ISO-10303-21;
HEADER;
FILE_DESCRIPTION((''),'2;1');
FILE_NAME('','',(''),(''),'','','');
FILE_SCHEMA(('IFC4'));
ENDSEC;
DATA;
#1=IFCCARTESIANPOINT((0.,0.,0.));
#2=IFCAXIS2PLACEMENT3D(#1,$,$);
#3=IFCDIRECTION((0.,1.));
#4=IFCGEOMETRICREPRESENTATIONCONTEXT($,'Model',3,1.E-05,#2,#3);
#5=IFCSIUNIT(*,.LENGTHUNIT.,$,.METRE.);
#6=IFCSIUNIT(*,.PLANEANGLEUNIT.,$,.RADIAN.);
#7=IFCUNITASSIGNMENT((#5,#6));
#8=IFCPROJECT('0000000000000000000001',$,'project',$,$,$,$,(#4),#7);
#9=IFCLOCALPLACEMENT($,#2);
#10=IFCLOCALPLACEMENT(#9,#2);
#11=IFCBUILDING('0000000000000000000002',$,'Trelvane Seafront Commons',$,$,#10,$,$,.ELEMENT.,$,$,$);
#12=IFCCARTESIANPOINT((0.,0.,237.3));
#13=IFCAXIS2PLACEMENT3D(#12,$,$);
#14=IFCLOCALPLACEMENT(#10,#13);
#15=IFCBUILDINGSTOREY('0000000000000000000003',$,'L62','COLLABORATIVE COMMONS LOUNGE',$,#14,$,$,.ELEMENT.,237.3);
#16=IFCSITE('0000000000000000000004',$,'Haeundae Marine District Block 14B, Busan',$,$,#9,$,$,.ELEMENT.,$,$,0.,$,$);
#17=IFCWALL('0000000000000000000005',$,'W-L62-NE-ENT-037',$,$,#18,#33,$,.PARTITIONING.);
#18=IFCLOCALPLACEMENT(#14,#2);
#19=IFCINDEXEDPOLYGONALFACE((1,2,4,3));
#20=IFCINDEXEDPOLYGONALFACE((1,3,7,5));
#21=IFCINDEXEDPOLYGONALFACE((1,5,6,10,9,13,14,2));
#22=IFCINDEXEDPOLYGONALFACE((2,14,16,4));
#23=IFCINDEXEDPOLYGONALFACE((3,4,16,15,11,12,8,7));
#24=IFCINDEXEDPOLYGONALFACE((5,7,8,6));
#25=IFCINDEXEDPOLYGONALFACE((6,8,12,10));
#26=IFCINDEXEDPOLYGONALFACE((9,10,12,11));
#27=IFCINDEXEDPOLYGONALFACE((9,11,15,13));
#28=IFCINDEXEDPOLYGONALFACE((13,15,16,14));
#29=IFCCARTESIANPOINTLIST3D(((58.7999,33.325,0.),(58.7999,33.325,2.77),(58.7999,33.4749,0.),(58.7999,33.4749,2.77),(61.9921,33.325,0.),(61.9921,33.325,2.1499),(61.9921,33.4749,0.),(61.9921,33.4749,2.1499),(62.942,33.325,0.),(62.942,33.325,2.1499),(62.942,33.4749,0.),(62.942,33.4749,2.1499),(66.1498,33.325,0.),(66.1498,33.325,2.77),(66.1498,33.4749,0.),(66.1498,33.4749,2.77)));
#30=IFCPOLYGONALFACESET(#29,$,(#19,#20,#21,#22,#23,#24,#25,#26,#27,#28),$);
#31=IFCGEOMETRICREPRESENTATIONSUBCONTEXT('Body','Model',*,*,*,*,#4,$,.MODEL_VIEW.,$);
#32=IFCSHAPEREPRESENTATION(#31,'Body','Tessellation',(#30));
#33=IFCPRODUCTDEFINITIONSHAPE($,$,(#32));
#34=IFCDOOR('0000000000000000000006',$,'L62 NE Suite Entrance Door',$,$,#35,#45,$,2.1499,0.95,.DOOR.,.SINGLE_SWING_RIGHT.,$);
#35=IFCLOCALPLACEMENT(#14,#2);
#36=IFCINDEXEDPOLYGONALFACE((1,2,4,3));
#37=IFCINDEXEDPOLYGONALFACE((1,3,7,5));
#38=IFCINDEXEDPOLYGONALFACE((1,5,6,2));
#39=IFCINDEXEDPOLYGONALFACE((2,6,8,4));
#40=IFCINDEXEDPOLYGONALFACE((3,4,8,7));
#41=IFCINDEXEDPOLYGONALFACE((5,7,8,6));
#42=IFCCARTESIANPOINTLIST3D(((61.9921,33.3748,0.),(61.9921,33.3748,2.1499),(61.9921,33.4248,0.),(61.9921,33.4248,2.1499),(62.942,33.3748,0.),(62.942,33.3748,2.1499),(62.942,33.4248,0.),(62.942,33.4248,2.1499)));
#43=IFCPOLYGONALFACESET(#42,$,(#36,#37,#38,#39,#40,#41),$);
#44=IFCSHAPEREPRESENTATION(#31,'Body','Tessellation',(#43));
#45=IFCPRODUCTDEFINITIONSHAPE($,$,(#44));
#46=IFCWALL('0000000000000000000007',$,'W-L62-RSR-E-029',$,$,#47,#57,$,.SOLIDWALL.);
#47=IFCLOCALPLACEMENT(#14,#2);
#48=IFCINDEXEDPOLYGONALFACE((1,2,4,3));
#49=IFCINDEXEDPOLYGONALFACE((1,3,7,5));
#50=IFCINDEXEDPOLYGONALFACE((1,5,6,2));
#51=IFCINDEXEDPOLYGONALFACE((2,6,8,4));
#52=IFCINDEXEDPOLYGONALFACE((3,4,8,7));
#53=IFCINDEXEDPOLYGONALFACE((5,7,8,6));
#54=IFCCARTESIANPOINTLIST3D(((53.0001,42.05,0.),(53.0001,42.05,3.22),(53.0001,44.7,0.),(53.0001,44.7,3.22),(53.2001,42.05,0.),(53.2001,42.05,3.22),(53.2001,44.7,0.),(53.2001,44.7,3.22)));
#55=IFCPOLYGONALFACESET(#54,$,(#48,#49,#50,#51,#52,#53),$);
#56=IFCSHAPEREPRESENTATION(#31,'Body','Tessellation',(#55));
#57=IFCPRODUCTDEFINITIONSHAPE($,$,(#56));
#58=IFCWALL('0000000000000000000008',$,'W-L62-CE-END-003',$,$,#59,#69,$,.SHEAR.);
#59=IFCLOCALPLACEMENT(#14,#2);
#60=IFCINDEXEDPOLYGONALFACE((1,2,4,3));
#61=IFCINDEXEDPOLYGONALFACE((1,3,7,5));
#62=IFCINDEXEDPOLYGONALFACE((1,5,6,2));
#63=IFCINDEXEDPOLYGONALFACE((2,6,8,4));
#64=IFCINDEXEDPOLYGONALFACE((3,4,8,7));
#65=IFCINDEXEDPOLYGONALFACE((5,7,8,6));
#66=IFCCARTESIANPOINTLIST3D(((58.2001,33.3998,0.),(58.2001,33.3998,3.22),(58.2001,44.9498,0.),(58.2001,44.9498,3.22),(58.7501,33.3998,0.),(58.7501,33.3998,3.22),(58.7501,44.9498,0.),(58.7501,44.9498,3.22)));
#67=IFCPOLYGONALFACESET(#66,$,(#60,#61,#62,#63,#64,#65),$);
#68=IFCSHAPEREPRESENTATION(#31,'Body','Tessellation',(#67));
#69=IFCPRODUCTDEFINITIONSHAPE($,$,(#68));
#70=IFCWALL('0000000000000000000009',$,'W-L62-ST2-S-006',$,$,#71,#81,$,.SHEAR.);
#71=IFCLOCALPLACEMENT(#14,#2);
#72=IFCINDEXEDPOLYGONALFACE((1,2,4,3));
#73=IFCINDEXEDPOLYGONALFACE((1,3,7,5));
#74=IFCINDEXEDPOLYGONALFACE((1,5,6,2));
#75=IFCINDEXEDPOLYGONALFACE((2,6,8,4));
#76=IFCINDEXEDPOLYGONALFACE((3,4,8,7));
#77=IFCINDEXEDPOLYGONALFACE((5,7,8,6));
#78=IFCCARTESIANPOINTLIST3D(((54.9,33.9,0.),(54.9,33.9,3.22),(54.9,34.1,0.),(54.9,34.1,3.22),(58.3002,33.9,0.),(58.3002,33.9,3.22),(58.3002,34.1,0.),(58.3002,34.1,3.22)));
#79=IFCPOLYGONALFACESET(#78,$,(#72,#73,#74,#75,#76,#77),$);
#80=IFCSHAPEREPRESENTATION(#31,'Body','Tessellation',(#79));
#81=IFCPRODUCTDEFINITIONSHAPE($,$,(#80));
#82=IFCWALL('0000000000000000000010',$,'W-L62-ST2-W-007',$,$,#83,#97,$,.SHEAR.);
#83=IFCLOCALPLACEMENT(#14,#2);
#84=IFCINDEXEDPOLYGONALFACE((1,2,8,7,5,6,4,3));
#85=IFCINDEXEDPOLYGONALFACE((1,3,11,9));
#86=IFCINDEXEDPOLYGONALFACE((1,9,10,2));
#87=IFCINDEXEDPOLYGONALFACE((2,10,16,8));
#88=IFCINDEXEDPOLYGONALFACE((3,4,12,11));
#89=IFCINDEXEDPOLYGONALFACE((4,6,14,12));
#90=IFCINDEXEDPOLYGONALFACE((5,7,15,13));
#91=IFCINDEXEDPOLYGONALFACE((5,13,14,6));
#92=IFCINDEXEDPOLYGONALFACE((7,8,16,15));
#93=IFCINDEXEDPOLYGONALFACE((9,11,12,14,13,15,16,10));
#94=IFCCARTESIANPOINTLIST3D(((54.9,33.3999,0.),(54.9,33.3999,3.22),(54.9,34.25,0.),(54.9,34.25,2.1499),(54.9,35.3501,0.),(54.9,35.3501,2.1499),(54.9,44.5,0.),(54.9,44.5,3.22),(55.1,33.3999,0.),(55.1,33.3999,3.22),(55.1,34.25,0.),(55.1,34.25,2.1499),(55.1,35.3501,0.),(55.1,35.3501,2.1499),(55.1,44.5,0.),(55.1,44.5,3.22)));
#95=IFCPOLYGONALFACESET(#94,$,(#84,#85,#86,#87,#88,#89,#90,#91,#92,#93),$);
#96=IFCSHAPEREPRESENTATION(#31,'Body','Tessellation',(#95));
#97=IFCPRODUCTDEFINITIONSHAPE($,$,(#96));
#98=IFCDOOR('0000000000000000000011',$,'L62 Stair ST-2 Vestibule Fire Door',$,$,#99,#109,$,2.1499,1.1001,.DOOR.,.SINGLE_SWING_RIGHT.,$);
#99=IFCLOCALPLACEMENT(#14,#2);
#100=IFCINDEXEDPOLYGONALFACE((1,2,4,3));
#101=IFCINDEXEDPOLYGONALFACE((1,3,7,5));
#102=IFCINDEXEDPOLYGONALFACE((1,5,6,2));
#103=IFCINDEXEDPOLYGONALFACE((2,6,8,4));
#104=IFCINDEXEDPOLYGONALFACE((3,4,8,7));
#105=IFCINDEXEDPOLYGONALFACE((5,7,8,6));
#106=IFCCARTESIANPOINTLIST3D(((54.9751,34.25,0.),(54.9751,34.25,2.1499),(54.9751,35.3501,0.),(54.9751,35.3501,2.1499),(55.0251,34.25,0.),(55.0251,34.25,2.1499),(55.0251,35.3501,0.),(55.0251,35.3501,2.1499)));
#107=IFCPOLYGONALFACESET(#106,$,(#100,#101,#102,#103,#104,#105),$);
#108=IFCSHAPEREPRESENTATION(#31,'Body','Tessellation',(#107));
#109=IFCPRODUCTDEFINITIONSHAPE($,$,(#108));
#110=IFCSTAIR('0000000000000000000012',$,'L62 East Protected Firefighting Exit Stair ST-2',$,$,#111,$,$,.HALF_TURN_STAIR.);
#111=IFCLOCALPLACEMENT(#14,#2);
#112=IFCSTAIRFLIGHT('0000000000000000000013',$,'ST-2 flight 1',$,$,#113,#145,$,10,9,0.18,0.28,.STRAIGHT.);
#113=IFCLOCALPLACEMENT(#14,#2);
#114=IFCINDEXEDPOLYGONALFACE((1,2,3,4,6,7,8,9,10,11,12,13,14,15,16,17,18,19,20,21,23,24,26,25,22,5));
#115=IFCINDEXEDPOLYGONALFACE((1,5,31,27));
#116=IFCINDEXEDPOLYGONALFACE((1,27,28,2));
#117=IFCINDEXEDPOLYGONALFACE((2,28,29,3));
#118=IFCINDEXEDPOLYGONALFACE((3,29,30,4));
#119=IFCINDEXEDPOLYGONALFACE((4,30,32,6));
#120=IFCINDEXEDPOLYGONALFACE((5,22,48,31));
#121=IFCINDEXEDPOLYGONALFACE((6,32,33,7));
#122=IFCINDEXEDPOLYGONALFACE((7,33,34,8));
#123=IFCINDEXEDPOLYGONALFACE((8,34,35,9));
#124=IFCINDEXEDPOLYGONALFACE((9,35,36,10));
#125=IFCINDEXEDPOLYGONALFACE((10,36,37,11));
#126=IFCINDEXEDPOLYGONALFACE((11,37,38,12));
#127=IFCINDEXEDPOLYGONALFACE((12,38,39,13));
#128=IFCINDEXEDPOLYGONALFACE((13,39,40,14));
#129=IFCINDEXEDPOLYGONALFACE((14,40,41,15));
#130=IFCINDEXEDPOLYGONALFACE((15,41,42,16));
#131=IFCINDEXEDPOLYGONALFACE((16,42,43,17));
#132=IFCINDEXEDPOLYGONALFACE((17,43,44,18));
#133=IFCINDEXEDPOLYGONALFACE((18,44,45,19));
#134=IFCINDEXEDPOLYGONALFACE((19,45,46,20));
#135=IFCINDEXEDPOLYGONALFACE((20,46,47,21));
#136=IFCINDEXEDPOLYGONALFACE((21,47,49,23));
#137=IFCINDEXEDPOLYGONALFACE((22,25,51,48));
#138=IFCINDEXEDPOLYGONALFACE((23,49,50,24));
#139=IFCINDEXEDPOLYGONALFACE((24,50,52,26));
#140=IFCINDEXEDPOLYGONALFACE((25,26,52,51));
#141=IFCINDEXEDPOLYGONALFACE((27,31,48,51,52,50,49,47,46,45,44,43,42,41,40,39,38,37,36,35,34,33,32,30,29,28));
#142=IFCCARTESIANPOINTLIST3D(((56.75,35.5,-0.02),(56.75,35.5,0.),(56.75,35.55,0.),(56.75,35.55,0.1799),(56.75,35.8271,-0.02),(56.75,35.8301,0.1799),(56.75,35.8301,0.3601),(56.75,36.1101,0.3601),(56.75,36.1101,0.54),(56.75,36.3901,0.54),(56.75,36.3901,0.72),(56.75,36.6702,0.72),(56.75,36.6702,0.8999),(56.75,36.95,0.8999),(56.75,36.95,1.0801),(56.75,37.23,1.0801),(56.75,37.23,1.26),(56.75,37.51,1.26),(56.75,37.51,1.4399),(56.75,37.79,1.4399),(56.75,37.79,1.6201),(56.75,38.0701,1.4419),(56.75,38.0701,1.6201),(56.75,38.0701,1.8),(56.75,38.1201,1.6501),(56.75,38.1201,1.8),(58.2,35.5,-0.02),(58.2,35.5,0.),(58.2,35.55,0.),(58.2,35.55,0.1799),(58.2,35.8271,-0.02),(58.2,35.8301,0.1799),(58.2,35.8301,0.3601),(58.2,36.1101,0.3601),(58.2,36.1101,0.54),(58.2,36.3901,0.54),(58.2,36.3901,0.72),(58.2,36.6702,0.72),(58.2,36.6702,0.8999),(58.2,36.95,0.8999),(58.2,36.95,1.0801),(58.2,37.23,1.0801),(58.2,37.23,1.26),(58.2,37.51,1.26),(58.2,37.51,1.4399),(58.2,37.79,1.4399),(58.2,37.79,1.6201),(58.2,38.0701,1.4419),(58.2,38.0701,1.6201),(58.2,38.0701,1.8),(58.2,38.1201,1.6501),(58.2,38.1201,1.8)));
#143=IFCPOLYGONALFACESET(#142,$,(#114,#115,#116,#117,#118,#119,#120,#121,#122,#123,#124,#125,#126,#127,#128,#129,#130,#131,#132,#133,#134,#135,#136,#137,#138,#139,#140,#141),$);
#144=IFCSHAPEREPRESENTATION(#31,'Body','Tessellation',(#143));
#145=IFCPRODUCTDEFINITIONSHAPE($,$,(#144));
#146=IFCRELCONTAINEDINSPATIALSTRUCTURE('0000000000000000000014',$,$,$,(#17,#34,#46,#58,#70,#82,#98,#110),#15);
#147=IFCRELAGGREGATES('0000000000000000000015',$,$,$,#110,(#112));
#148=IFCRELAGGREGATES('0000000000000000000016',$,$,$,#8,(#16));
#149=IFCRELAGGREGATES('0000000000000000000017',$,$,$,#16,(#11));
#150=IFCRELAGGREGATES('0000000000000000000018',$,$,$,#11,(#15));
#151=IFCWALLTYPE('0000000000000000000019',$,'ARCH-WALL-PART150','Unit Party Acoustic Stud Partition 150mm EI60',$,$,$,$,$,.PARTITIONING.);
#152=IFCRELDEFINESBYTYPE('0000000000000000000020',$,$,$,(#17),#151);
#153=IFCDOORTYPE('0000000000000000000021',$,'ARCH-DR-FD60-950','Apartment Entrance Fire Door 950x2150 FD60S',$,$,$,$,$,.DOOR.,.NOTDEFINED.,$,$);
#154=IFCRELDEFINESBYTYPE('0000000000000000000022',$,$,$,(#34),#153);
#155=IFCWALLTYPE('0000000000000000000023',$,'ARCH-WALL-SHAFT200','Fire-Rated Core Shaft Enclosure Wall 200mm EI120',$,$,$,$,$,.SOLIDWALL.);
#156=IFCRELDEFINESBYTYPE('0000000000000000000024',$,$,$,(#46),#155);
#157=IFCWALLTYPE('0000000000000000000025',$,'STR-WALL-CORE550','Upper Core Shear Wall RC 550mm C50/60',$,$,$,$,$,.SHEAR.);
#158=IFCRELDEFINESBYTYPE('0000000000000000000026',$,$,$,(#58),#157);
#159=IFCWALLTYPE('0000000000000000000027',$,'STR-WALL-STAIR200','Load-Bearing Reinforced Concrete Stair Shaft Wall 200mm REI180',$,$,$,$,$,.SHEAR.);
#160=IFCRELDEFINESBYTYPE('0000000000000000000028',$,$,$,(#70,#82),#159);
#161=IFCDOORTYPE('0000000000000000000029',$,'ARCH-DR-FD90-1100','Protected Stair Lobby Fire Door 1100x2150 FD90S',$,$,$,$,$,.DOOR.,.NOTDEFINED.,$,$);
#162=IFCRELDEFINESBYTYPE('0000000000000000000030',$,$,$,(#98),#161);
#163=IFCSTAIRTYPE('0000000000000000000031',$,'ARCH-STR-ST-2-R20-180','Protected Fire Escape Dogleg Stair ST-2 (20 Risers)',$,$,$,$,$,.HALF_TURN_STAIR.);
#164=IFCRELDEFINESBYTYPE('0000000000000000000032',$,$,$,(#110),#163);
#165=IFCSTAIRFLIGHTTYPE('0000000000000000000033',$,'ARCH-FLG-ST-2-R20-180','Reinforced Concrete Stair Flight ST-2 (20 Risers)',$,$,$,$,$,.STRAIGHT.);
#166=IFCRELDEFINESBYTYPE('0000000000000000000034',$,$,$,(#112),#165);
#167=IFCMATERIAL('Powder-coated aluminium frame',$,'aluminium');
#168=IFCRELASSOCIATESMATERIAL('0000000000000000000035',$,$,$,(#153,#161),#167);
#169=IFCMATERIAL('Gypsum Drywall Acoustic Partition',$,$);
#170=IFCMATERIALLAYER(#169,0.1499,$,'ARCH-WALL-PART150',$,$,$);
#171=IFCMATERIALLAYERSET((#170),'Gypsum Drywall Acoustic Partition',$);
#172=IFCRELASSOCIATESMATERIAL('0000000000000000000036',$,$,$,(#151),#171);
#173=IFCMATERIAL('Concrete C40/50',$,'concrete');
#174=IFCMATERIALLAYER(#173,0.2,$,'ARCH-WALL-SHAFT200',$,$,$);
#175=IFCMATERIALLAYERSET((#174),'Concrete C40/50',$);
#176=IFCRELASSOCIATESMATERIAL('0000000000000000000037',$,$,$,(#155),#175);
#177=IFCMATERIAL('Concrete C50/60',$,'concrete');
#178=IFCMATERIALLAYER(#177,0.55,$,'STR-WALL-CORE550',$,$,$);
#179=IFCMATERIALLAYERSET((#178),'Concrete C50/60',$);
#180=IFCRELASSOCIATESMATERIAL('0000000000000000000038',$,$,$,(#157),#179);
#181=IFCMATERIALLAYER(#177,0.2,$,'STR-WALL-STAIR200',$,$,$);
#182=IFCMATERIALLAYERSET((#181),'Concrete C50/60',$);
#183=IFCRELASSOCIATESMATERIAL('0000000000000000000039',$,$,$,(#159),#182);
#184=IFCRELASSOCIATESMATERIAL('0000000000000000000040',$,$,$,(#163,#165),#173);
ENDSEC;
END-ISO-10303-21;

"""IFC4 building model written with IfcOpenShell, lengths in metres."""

from ifc_helpers import new_model, si_unit, direction, frame, frame_2d, origin, place, context, subcontext, project, spatial, polyline, rectangle, outline, extrude, source, transform, mapped, material, layer, layer_set, type_object, element, fill, aggregate, save


model = new_model("IFC4")

# Units and contexts
model_context = context("Model", 3, precision=1e-05, world=origin(), true_north=direction((0.0, 1.0)))
body_context = subcontext(model_context, "Body", "Model", "MODEL_VIEW")
ifc_project = project(units=[si_unit("LENGTHUNIT", "METRE"), si_unit("PLANEANGLEUNIT", "RADIAN")], contexts=[model_context])

# Site, building, storey
site_placement = place(None, origin())
site = spatial("IfcSite", under=ifc_project, at=site_placement, Name="Haeundae Marine District Block 14B, Busan", CompositionType="ELEMENT", RefElevation=0.0)
building_placement = place(site_placement, origin())
building = spatial("IfcBuilding", under=site, at=building_placement, Name="Trelvane Seafront Commons", CompositionType="ELEMENT")
storey_placement = place(building_placement, frame((0.0, 0.0, 237.3)))
storey = spatial("IfcBuildingStorey", under=building, at=storey_placement, Name="L62", Description="COLLABORATIVE COMMONS LOUNGE", CompositionType="ELEMENT", Elevation=237.3)

# Shared definitions
ifc_material_1 = material(Name="Concrete C50/60", Category="concrete")

# Shared definitions
ifc_material_2 = material(Name="Concrete C40/50", Category="concrete")
ifc_material_3 = material(Name="Powder-coated aluminium frame", Category="aluminium")
door_type_1 = type_object("IfcDoorType", Name="ARCH-DR-FD60-950", Description="Apartment Entrance Fire Door 950x2150 FD60S", OperationType="NOTDEFINED", PredefinedType="DOOR", material=ifc_material_3)
shared_shape_1 = source(origin(), body_context, "Body", "SweptSolid", [
    extrude(rectangle(XDim=0.95, YDim=2.1499, at=frame_2d((0.4751, 1.075))), frame((0.0, 0.0249, 0.0), z_axis=(0.0, -1.0, 0.0), x_axis=(1.0, 0.0, 0.0)), (0.0, 0.0, 1.0), 0.05),
])

# Wall, opening, door
ifc_material_4 = material(Name="Gypsum Drywall Acoustic Partition")
ifc_layer_1 = layer(ifc_material_4, 0.1499, Name="ARCH-WALL-PART150")
ifc_layer_set_1 = layer_set([ifc_layer_1], Name="Gypsum Drywall Acoustic Partition")
wall_type_1 = type_object("IfcWallType", Name="ARCH-WALL-PART150", Description="Unit Party Acoustic Stud Partition 150mm EI60", PredefinedType="PARTITIONING", material=ifc_layer_set_1)
wall_1_placement = place(storey_placement, frame((58.8, 33.3999, 0.0), z_axis=(0.0, 0.0, 1.0), x_axis=(1.0, 0.0, 0.0)))
wall_1 = element("IfcWall", 1, at=wall_1_placement, inside=storey, type_object=wall_type_1, Name="W-L62-NE-ENT-037", PredefinedType="PARTITIONING", context=body_context, shape_type="SweptSolid", body=[
    extrude(rectangle(XDim=7.3499, YDim=0.1499, at=frame_2d((3.6748, 0.0))), origin(), (0.0, 0.0, 1.0), 2.77),
])
opening_1_placement = place(wall_1_placement, frame((3.1919, 0.0, 0.0)))
opening_1 = element("IfcOpeningElement", 2, at=opening_1_placement, cuts=wall_1, PredefinedType="OPENING", context=body_context, shape_type="SweptSolid", body=[
    extrude(rectangle(XDim=0.95, YDim=2.1499, at=frame_2d((0.4751, 1.075))), frame((0.0, 0.085, 0.0), z_axis=(0.0, -1.0, 0.0), x_axis=(1.0, 0.0, 0.0)), (0.0, 0.0, 1.0), 0.1699),
])
door_1_placement = place(opening_1_placement, origin())
door_1 = element("IfcDoor", 3, at=door_1_placement, inside=storey, type_object=door_type_1, Name="L62 NE Suite Entrance Door", OperationType="SINGLE_SWING_RIGHT", OverallHeight=2.1499, OverallWidth=0.95, PredefinedType="DOOR", context=body_context, shape_type="MappedRepresentation", body=[
    mapped(shared_shape_1, transform((0.0, 0.0, 0.0), x_axis=(1.0, 0.0, 0.0), y_axis=(0.0, 1.0, 0.0), z_axis=(0.0, 0.0, 1.0), scale=1.0)),
])
fill(opening_1, door_1)

# Walls
ifc_layer_2 = layer(ifc_material_2, 0.2, Name="ARCH-WALL-SHAFT200")
ifc_layer_set_2 = layer_set([ifc_layer_2], Name="Concrete C40/50")
wall_type_2 = type_object("IfcWallType", Name="ARCH-WALL-SHAFT200", Description="Fire-Rated Core Shaft Enclosure Wall 200mm EI120", PredefinedType="SOLIDWALL", material=ifc_layer_set_2)
wall_2_placement = place(storey_placement, frame((53.1001, 42.05, 0.0), z_axis=(0.0, 0.0, 1.0), x_axis=(0.0, 1.0, 0.0)))
element("IfcWall", 4, at=wall_2_placement, inside=storey, type_object=wall_type_2, Name="W-L62-RSR-E-029", PredefinedType="SOLIDWALL", context=body_context, shape_type="SweptSolid", body=[
    extrude(rectangle(XDim=2.6499, YDim=0.2, at=frame_2d((1.325, 0.0))), origin(), (0.0, 0.0, 1.0), 3.22),
])
ifc_layer_3 = layer(ifc_material_1, 0.55, Name="STR-WALL-CORE550")
ifc_layer_set_3 = layer_set([ifc_layer_3], Name="Concrete C50/60")
wall_type_3 = type_object("IfcWallType", Name="STR-WALL-CORE550", Description="Upper Core Shear Wall RC 550mm C50/60", PredefinedType="SHEAR", material=ifc_layer_set_3)
wall_3_placement = place(storey_placement, frame((58.4751, 33.3999, 0.0), z_axis=(0.0, 0.0, 1.0), x_axis=(0.0, 1.0, 0.0)))
element("IfcWall", 5, at=wall_3_placement, inside=storey, type_object=wall_type_3, Name="W-L62-CE-END-003", PredefinedType="SHEAR", context=body_context, shape_type="SweptSolid", body=[
    extrude(rectangle(XDim=11.55, YDim=0.55, at=frame_2d((5.7749, 0.0))), origin(), (0.0, 0.0, 1.0), 3.22),
])
ifc_layer_4 = layer(ifc_material_1, 0.2, Name="STR-WALL-STAIR200")
ifc_layer_set_4 = layer_set([ifc_layer_4], Name="Concrete C50/60")
wall_type_4 = type_object("IfcWallType", Name="STR-WALL-STAIR200", Description="Load-Bearing Reinforced Concrete Stair Shaft Wall 200mm REI180", PredefinedType="SHEAR", material=ifc_layer_set_4)
wall_4_placement = place(storey_placement, frame((54.8999, 34.0, 0.0), z_axis=(0.0, 0.0, 1.0), x_axis=(1.0, 0.0, 0.0)))
element("IfcWall", 6, at=wall_4_placement, inside=storey, type_object=wall_type_4, Name="W-L62-ST2-S-006", PredefinedType="SHEAR", context=body_context, shape_type="SweptSolid", body=[
    extrude(rectangle(XDim=3.4001, YDim=0.2, at=frame_2d((1.7002, 0.0))), origin(), (0.0, 0.0, 1.0), 3.22),
])

# Wall, opening, door
wall_5_placement = place(storey_placement, frame((55.0, 33.3999, 0.0), z_axis=(0.0, 0.0, 1.0), x_axis=(0.0, 1.0, 0.0)))
wall_5 = element("IfcWall", 7, at=wall_5_placement, inside=storey, type_object=wall_type_4, Name="W-L62-ST2-W-007", PredefinedType="SHEAR", context=body_context, shape_type="SweptSolid", body=[
    extrude(rectangle(XDim=11.1001, YDim=0.2, at=frame_2d((5.55, 0.0))), origin(), (0.0, 0.0, 1.0), 3.22),
])
opening_2_placement = place(wall_5_placement, frame((0.8501, 0.0, 0.0)))
opening_2 = element("IfcOpeningElement", 8, at=opening_2_placement, cuts=wall_5, PredefinedType="OPENING", context=body_context, shape_type="SweptSolid", body=[
    extrude(rectangle(XDim=1.1001, YDim=2.1499, at=frame_2d((0.55, 1.075))), frame((0.0, 0.1099, 0.0), z_axis=(0.0, -1.0, 0.0), x_axis=(1.0, 0.0, 0.0)), (0.0, 0.0, 1.0), 0.22),
])
door_type_2 = type_object("IfcDoorType", Name="ARCH-DR-FD90-1100", Description="Protected Stair Lobby Fire Door 1100x2150 FD90S", OperationType="NOTDEFINED", PredefinedType="DOOR", material=ifc_material_3)
shared_shape_2 = source(origin(), body_context, "Body", "SweptSolid", [
    extrude(rectangle(XDim=1.1001, YDim=2.1499, at=frame_2d((0.55, 1.075))), frame((0.0, 0.0249, 0.0), z_axis=(0.0, -1.0, 0.0), x_axis=(1.0, 0.0, 0.0)), (0.0, 0.0, 1.0), 0.05),
])
door_2_placement = place(opening_2_placement, origin())
door_2 = element("IfcDoor", 9, at=door_2_placement, inside=storey, type_object=door_type_2, Name="L62 Stair ST-2 Vestibule Fire Door", OperationType="SINGLE_SWING_RIGHT", OverallHeight=2.1499, OverallWidth=1.1001, PredefinedType="DOOR", context=body_context, shape_type="MappedRepresentation", body=[
    mapped(shared_shape_2, transform((0.0, 0.0, 0.0), x_axis=(1.0, 0.0, 0.0), y_axis=(0.0, 1.0, 0.0), z_axis=(0.0, 0.0, 1.0), scale=1.0)),
])
fill(opening_2, door_2)

# Stair, stair flight
stair_type = type_object("IfcStairType", Name="ARCH-STR-ST-2-R20-180", Description="Protected Fire Escape Dogleg Stair ST-2 (20 Risers)", PredefinedType="HALF_TURN_STAIR", material=ifc_material_2)
stair_placement = place(storey_placement, origin())
stair = element("IfcStair", 10, at=stair_placement, inside=storey, type_object=stair_type, Name="L62 East Protected Firefighting Exit Stair ST-2", PredefinedType="HALF_TURN_STAIR")
stair_flight_type = type_object("IfcStairFlightType", Name="ARCH-FLG-ST-2-R20-180", Description="Reinforced Concrete Stair Flight ST-2 (20 Risers)", PredefinedType="STRAIGHT", material=ifc_material_2)
shared_shape_3 = source(origin(), body_context, "Body", "SweptSolid", [
    extrude(outline(polyline([(-0.05, -0.02), (-0.05, 0.0), (0.0, 0.0), (0.0, 0.1799), (0.28, 0.1799), (0.28, 0.3601), (0.5601, 0.3601), (0.5601, 0.54), (0.8401, 0.54), (0.8401, 0.72), (1.1201, 0.72), (1.1201, 0.8999), (1.3999, 0.8999), (1.3999, 1.0801), (1.6799, 1.0801), (1.6799, 1.26), (1.96, 1.26), (1.96, 1.4399), (2.24, 1.4399), (2.24, 1.6201), (2.52, 1.6201), (2.52, 1.8), (2.5701, 1.8), (2.5701, 1.6501), (2.52, 1.4419), (0.2771, -0.02), (-0.05, -0.02)])), frame((0.0, 0.7251, 0.0), z_axis=(0.0, -1.0, 0.0), x_axis=(1.0, 0.0, 0.0)), (0.0, 0.0, 1.0), 1.45),
])
stair_flight_1_placement = place(storey_placement, frame((57.4751, 35.55, 0.0), z_axis=(0.0, 0.0, 1.0), x_axis=(0.0, 1.0, 0.0)))
stair_flight_1 = element("IfcStairFlight", 11, at=stair_flight_1_placement, type_object=stair_flight_type, Name="ST-2 flight 1", NumberOfRisers=10, NumberOfTreads=9, PredefinedType="STRAIGHT", RiserHeight=0.18, TreadLength=0.28, context=body_context, shape_type="MappedRepresentation", body=[
    mapped(shared_shape_3, transform((0.0, 0.0, 0.0), x_axis=(1.0, 0.0, 0.0), y_axis=(0.0, 1.0, 0.0), z_axis=(0.0, 0.0, 1.0), scale=1.0)),
])
aggregate(stair, [stair_flight_1])

save(model, "model.ifc")
